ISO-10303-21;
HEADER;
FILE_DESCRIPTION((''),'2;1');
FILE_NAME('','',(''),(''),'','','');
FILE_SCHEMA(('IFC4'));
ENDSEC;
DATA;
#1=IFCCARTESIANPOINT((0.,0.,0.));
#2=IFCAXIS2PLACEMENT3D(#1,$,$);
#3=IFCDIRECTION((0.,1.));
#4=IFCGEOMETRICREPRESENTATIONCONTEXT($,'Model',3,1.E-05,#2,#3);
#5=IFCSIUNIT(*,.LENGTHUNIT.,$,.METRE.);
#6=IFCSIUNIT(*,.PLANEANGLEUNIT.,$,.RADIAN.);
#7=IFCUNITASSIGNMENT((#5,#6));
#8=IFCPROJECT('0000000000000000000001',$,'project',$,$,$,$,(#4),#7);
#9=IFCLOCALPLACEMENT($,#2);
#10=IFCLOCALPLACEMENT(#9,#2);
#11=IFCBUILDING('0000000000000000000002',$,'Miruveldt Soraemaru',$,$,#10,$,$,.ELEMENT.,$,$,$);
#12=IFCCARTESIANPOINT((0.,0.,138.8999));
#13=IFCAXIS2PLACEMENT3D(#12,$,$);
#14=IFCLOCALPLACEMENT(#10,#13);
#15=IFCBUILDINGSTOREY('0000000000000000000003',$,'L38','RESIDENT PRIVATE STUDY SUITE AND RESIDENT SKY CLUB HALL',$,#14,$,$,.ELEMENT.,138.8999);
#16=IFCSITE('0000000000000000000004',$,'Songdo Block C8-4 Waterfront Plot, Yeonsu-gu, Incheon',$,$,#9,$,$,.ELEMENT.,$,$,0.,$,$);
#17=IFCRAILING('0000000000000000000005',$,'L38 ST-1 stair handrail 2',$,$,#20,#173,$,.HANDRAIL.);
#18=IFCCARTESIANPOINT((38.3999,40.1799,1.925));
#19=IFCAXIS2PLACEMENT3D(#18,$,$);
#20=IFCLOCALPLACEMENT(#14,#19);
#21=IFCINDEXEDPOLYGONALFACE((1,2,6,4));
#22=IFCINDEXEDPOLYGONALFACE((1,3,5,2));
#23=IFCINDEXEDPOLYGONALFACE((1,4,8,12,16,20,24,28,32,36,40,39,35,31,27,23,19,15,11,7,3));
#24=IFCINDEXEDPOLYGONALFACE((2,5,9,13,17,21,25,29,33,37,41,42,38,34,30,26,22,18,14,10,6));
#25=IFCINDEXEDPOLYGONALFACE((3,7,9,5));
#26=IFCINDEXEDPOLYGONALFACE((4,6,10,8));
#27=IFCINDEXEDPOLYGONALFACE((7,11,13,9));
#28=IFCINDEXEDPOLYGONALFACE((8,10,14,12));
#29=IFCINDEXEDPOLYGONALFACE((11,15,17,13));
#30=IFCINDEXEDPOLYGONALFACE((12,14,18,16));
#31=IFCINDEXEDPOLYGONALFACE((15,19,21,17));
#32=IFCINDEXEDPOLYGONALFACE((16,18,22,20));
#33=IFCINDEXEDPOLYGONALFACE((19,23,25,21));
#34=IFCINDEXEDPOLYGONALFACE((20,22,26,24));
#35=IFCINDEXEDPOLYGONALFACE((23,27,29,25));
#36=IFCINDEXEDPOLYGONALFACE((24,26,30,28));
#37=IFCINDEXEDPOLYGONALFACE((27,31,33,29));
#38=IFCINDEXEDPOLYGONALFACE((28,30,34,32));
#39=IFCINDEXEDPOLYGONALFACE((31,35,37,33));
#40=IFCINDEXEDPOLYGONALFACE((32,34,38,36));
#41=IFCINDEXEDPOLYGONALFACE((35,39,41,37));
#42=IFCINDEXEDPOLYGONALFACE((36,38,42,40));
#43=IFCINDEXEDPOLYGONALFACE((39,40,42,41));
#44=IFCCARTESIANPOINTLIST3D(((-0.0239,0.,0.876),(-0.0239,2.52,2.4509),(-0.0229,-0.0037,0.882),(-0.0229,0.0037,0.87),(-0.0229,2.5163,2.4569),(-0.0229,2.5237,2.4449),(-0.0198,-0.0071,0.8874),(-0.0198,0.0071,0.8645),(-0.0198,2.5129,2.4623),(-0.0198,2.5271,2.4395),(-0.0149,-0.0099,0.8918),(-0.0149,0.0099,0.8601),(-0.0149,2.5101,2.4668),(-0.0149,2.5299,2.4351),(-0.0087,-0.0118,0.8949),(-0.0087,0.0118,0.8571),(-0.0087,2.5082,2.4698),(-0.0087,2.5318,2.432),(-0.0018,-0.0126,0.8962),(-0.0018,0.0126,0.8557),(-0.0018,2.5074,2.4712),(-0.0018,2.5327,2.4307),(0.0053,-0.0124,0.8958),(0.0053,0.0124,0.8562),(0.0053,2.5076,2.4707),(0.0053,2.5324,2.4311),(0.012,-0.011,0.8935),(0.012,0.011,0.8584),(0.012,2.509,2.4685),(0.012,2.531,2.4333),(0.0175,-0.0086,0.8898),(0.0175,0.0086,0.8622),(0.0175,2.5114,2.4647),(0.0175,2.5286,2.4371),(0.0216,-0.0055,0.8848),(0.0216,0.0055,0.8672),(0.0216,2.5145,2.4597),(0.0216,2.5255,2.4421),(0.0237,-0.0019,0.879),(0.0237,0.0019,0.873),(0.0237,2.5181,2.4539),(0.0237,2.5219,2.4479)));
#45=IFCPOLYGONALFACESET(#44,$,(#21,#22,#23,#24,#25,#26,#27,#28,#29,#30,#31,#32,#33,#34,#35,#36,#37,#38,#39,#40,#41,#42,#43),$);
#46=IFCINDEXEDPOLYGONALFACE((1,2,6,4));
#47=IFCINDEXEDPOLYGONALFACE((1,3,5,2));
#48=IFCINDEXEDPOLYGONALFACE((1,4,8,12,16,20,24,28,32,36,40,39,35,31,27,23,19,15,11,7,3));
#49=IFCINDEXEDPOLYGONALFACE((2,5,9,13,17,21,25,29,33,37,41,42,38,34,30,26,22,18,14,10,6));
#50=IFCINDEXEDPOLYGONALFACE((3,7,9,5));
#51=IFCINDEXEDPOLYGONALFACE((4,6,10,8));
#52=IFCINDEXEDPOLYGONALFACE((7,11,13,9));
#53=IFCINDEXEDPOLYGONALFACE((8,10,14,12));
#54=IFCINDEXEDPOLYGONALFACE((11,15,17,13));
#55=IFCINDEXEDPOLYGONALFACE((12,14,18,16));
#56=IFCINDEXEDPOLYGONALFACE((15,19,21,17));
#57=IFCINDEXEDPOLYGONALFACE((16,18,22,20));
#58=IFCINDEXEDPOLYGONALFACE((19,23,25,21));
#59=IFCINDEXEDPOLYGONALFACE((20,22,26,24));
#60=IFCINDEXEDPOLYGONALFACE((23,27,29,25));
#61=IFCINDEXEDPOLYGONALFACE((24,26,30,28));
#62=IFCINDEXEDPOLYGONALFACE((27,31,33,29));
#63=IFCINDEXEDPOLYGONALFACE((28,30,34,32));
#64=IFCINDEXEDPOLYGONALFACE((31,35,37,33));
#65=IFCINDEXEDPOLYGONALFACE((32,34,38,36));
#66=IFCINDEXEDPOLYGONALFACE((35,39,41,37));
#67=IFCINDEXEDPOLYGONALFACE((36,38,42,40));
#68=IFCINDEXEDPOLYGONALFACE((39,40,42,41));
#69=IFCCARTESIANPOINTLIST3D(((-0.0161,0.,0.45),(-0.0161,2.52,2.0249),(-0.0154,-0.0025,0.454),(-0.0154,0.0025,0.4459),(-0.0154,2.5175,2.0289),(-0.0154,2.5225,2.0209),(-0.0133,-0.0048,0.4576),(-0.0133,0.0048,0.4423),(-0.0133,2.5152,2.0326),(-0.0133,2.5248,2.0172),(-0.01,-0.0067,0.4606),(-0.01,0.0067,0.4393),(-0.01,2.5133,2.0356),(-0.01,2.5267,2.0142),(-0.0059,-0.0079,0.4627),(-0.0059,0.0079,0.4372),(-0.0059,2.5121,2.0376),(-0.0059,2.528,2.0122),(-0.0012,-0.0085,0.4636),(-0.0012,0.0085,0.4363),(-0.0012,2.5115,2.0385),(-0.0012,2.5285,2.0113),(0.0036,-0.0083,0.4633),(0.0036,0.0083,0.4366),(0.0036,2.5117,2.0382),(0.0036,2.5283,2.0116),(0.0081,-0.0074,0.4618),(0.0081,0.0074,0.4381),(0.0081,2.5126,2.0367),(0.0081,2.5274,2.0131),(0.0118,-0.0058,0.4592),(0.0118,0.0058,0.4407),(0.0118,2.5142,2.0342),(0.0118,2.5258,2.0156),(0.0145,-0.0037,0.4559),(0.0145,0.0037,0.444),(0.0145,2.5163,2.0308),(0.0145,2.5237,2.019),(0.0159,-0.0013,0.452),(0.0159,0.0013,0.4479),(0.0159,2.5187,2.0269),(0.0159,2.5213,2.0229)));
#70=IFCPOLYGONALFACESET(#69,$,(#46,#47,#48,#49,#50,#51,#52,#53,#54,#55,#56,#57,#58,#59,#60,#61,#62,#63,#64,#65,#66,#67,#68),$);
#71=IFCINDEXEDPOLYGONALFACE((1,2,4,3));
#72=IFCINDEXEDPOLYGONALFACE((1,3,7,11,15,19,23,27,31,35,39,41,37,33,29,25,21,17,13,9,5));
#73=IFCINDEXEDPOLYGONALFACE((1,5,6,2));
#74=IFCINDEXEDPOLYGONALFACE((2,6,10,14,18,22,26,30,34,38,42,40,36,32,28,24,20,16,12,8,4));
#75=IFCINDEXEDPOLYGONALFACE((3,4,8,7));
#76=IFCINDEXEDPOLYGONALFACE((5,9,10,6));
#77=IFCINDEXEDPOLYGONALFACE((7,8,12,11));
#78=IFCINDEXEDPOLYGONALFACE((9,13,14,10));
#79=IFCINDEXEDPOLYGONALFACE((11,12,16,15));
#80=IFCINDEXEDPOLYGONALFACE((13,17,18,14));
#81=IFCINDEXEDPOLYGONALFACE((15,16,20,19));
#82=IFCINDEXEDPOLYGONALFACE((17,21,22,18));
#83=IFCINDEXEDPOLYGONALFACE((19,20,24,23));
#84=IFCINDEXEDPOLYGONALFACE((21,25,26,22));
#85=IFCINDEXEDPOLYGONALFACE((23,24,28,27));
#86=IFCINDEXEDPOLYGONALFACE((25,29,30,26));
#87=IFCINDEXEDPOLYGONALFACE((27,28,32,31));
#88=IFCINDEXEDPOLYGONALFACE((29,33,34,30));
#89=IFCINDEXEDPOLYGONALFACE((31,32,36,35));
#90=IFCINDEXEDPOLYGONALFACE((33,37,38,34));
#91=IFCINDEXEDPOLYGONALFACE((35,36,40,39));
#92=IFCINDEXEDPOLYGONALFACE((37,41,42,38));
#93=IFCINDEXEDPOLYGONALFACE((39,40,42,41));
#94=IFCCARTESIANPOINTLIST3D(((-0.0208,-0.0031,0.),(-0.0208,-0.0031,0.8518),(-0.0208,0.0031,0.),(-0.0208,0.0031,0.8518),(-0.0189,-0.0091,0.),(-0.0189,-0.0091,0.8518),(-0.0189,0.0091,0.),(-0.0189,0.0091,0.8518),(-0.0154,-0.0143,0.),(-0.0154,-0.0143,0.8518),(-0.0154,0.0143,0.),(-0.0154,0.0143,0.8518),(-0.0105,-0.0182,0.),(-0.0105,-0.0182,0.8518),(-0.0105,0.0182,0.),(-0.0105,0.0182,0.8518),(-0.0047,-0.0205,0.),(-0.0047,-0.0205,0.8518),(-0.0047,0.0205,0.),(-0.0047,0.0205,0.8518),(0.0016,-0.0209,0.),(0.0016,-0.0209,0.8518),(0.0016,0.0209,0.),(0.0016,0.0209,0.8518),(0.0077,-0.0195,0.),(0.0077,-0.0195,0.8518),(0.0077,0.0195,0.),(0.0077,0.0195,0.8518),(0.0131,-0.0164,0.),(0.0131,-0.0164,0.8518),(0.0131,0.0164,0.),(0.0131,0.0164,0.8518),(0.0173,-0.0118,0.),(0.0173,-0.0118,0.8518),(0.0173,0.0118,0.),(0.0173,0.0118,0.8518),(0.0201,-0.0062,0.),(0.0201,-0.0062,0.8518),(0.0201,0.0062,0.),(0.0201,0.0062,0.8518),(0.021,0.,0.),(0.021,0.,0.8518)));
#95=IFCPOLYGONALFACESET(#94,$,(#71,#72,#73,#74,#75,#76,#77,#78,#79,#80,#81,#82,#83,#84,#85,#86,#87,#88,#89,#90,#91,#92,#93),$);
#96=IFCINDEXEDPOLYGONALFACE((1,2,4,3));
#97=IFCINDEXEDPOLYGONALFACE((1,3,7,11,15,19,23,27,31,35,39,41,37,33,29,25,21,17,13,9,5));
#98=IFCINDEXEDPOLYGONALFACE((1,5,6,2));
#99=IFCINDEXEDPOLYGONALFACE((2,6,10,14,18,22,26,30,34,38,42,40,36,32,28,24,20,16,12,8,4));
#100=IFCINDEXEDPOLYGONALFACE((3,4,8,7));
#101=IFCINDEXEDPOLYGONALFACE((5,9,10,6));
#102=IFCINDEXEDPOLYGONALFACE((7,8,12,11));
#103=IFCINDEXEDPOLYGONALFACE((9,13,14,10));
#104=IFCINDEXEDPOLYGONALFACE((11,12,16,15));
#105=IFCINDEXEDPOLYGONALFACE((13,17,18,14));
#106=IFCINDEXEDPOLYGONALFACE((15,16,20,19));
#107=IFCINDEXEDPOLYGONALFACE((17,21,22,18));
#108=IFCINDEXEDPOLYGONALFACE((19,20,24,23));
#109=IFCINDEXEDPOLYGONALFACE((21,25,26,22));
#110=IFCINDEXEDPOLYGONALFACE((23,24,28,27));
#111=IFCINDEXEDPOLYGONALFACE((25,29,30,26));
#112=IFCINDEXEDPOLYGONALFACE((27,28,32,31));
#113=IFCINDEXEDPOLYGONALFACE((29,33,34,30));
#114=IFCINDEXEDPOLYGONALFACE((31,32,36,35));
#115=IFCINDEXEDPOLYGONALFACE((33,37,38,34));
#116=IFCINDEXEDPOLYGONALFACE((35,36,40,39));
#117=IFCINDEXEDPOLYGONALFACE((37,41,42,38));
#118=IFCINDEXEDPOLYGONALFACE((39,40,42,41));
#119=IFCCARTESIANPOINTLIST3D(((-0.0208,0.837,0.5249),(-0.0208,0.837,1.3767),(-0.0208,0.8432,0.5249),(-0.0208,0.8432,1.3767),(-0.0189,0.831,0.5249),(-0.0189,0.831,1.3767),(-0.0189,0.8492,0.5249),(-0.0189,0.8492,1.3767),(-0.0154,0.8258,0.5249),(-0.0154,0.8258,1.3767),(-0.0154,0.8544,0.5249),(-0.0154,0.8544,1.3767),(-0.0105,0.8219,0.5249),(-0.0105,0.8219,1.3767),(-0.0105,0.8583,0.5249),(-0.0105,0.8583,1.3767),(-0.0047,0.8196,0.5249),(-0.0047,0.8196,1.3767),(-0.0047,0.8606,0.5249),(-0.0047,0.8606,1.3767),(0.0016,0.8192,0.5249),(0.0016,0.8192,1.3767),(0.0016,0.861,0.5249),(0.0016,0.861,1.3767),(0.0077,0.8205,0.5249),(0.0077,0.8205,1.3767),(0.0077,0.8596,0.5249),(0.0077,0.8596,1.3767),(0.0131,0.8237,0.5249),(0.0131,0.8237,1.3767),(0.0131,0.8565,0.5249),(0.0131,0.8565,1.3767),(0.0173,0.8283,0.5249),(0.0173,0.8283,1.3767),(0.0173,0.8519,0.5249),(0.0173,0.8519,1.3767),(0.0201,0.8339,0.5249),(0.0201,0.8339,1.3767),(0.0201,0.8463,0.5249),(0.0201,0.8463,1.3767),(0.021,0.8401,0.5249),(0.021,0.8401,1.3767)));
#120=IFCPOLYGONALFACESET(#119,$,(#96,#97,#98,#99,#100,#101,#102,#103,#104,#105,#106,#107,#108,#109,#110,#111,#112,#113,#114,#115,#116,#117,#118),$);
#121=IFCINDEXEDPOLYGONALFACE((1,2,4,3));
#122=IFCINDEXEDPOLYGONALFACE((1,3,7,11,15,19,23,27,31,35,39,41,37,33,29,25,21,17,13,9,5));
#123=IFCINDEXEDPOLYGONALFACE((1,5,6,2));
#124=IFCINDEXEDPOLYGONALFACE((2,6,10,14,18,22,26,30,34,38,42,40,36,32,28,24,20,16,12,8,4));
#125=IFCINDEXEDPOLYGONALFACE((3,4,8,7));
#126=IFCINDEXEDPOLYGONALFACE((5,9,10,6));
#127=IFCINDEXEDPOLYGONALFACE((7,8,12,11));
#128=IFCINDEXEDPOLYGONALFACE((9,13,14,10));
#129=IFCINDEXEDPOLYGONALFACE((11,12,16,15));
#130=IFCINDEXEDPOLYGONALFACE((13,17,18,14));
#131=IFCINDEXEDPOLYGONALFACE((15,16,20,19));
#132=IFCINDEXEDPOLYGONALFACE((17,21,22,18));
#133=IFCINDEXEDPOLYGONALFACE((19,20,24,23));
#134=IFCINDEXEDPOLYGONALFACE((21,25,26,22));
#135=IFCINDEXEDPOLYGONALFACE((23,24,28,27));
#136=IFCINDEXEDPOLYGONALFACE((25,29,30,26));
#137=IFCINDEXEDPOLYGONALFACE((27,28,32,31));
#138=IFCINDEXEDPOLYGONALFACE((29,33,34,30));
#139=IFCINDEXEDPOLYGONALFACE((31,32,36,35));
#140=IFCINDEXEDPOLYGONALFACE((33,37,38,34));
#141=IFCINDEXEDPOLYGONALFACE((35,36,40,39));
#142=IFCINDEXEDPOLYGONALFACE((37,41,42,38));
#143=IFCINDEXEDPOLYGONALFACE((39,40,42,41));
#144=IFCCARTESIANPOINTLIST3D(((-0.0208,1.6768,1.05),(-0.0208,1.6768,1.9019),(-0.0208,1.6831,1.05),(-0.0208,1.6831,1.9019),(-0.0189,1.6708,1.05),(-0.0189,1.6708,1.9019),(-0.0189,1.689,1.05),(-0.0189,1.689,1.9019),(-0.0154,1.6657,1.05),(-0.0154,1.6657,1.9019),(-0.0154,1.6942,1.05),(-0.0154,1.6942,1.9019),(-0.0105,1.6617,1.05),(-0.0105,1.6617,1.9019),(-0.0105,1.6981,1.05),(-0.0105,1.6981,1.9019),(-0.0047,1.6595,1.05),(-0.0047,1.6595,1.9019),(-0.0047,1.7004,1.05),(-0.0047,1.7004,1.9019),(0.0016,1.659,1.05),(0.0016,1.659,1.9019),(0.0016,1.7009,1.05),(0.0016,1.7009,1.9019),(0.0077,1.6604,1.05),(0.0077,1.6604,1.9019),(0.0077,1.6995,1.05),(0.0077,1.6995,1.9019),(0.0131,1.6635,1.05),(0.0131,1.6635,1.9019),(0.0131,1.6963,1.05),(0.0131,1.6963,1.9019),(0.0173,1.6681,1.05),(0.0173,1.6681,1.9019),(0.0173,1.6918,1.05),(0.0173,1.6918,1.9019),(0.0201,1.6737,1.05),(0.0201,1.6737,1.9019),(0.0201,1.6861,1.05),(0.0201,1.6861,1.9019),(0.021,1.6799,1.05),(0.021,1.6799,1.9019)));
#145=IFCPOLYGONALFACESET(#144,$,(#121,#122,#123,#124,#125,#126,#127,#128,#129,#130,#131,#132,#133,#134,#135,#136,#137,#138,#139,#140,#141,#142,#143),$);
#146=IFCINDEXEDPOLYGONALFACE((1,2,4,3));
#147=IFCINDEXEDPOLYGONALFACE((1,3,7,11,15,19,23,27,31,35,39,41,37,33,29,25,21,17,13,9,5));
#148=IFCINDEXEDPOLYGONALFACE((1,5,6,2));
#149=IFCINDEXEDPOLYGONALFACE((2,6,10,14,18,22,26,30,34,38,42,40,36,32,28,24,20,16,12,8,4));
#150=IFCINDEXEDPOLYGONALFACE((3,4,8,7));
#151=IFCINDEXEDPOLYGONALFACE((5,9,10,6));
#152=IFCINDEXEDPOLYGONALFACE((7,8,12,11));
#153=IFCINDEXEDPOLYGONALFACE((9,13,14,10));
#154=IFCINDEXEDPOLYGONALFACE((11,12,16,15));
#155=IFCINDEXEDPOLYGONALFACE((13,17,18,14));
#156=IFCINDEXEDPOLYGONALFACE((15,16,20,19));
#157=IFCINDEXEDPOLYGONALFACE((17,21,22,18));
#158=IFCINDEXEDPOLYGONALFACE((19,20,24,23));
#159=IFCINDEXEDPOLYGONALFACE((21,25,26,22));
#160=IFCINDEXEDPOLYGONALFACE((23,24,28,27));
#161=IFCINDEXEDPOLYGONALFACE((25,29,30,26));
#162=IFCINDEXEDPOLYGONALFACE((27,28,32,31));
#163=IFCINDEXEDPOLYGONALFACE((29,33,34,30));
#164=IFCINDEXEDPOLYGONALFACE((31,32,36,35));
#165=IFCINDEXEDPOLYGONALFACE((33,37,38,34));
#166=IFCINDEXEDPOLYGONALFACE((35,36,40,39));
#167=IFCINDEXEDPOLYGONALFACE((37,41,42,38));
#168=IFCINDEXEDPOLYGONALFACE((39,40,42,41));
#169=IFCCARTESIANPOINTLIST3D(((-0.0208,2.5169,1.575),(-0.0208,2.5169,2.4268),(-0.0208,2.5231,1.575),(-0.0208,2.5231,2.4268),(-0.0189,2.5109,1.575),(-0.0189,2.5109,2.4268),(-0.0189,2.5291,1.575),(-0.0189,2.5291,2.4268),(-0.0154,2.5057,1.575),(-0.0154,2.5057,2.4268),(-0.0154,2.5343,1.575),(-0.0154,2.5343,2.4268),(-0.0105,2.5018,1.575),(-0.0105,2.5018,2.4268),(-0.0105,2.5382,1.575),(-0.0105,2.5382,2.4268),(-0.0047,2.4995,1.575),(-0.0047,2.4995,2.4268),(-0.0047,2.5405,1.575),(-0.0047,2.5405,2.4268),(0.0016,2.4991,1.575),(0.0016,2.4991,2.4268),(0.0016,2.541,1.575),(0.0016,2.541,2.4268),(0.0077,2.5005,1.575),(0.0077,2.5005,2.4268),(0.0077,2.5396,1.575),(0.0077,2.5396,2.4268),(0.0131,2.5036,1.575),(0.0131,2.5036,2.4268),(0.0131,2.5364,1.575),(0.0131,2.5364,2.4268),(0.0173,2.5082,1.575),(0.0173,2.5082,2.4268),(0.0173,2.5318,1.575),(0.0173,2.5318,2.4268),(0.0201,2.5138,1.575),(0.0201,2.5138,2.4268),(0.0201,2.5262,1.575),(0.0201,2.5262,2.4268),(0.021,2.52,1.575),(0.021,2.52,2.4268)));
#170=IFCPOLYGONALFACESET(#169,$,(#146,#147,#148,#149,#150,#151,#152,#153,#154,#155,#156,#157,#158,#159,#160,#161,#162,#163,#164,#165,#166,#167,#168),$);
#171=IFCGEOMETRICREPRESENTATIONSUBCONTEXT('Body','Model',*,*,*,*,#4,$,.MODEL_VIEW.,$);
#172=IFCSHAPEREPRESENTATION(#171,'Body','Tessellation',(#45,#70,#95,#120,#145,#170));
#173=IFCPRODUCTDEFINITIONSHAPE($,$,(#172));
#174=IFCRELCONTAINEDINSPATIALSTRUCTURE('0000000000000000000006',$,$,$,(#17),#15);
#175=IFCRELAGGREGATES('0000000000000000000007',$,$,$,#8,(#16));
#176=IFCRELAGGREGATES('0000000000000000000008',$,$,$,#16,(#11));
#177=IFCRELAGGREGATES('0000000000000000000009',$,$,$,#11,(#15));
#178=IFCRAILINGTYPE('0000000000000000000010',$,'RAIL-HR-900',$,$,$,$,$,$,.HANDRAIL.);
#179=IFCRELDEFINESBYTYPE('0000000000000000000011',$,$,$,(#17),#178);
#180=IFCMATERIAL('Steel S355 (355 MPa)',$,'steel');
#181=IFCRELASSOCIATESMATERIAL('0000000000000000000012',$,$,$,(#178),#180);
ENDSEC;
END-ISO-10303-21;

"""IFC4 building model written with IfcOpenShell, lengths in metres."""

from ifc_helpers import new_model, si_unit, direction, frame, origin, origin_2d, place, context, subcontext, project, spatial, circle, extrude, material, type_object, element, save


model = new_model("IFC4")

# Units and contexts
model_context = context("Model", 3, precision=1e-05, world=origin(), true_north=direction((0.0, 1.0)))
body_context = subcontext(model_context, "Body", "Model", "MODEL_VIEW")
ifc_project = project(units=[si_unit("LENGTHUNIT", "METRE"), si_unit("PLANEANGLEUNIT", "RADIAN")], contexts=[model_context])

# Site, building, storey
site_placement = place(None, origin())
site = spatial("IfcSite", under=ifc_project, at=site_placement, Name="Songdo Block C8-4 Waterfront Plot, Yeonsu-gu, Incheon", CompositionType="ELEMENT", RefElevation=0.0)
building_placement = place(site_placement, origin())
building = spatial("IfcBuilding", under=site, at=building_placement, Name="Miruveldt Soraemaru", CompositionType="ELEMENT")
storey_placement = place(building_placement, frame((0.0, 0.0, 138.8999)))
storey = spatial("IfcBuildingStorey", under=building, at=storey_placement, Name="L38", Description="RESIDENT PRIVATE STUDY SUITE AND RESIDENT SKY CLUB HALL", CompositionType="ELEMENT", Elevation=138.8999)

# Railing
ifc_material_1 = material(Name="Steel S355 (355 MPa)", Category="steel")
railing_type_1 = type_object("IfcRailingType", Name="RAIL-HR-900", PredefinedType="HANDRAIL", material=ifc_material_1)
railing_1_placement = place(storey_placement, frame((38.3999, 40.1799, 1.925)))
element("IfcRailing", 1, at=railing_1_placement, inside=storey, type_object=railing_type_1, Name="L38 ST-1 stair handrail 2", PredefinedType="HANDRAIL", context=body_context, shape_type="SweptSolid", body=[
    extrude(circle(Radius=0.0239, at=origin_2d()), frame((0.0, 0.0, 0.876), z_axis=(0.0, 0.848008, 0.529984), x_axis=(-1.0, 0.0, 0.0)), (0.0, 0.0, 1.0), 2.9717),
    extrude(circle(Radius=0.0161, at=origin_2d()), frame((0.0, 0.0, 0.45), z_axis=(0.0, 0.848008, 0.529984), x_axis=(-1.0, 0.0, 0.0)), (0.0, 0.0, 1.0), 2.9717),
    extrude(circle(Radius=0.021, at=origin_2d()), origin(), (0.0, 0.0, 1.0), 0.8518),
    extrude(circle(Radius=0.021, at=origin_2d()), frame((0.0, 0.8401, 0.5249)), (0.0, 0.0, 1.0), 0.8518),
    extrude(circle(Radius=0.021, at=origin_2d()), frame((0.0, 1.6799, 1.05)), (0.0, 0.0, 1.0), 0.8518),
    extrude(circle(Radius=0.021, at=origin_2d()), frame((0.0, 2.52, 1.575)), (0.0, 0.0, 1.0), 0.8518),
])

save(model, "model.ifc")
